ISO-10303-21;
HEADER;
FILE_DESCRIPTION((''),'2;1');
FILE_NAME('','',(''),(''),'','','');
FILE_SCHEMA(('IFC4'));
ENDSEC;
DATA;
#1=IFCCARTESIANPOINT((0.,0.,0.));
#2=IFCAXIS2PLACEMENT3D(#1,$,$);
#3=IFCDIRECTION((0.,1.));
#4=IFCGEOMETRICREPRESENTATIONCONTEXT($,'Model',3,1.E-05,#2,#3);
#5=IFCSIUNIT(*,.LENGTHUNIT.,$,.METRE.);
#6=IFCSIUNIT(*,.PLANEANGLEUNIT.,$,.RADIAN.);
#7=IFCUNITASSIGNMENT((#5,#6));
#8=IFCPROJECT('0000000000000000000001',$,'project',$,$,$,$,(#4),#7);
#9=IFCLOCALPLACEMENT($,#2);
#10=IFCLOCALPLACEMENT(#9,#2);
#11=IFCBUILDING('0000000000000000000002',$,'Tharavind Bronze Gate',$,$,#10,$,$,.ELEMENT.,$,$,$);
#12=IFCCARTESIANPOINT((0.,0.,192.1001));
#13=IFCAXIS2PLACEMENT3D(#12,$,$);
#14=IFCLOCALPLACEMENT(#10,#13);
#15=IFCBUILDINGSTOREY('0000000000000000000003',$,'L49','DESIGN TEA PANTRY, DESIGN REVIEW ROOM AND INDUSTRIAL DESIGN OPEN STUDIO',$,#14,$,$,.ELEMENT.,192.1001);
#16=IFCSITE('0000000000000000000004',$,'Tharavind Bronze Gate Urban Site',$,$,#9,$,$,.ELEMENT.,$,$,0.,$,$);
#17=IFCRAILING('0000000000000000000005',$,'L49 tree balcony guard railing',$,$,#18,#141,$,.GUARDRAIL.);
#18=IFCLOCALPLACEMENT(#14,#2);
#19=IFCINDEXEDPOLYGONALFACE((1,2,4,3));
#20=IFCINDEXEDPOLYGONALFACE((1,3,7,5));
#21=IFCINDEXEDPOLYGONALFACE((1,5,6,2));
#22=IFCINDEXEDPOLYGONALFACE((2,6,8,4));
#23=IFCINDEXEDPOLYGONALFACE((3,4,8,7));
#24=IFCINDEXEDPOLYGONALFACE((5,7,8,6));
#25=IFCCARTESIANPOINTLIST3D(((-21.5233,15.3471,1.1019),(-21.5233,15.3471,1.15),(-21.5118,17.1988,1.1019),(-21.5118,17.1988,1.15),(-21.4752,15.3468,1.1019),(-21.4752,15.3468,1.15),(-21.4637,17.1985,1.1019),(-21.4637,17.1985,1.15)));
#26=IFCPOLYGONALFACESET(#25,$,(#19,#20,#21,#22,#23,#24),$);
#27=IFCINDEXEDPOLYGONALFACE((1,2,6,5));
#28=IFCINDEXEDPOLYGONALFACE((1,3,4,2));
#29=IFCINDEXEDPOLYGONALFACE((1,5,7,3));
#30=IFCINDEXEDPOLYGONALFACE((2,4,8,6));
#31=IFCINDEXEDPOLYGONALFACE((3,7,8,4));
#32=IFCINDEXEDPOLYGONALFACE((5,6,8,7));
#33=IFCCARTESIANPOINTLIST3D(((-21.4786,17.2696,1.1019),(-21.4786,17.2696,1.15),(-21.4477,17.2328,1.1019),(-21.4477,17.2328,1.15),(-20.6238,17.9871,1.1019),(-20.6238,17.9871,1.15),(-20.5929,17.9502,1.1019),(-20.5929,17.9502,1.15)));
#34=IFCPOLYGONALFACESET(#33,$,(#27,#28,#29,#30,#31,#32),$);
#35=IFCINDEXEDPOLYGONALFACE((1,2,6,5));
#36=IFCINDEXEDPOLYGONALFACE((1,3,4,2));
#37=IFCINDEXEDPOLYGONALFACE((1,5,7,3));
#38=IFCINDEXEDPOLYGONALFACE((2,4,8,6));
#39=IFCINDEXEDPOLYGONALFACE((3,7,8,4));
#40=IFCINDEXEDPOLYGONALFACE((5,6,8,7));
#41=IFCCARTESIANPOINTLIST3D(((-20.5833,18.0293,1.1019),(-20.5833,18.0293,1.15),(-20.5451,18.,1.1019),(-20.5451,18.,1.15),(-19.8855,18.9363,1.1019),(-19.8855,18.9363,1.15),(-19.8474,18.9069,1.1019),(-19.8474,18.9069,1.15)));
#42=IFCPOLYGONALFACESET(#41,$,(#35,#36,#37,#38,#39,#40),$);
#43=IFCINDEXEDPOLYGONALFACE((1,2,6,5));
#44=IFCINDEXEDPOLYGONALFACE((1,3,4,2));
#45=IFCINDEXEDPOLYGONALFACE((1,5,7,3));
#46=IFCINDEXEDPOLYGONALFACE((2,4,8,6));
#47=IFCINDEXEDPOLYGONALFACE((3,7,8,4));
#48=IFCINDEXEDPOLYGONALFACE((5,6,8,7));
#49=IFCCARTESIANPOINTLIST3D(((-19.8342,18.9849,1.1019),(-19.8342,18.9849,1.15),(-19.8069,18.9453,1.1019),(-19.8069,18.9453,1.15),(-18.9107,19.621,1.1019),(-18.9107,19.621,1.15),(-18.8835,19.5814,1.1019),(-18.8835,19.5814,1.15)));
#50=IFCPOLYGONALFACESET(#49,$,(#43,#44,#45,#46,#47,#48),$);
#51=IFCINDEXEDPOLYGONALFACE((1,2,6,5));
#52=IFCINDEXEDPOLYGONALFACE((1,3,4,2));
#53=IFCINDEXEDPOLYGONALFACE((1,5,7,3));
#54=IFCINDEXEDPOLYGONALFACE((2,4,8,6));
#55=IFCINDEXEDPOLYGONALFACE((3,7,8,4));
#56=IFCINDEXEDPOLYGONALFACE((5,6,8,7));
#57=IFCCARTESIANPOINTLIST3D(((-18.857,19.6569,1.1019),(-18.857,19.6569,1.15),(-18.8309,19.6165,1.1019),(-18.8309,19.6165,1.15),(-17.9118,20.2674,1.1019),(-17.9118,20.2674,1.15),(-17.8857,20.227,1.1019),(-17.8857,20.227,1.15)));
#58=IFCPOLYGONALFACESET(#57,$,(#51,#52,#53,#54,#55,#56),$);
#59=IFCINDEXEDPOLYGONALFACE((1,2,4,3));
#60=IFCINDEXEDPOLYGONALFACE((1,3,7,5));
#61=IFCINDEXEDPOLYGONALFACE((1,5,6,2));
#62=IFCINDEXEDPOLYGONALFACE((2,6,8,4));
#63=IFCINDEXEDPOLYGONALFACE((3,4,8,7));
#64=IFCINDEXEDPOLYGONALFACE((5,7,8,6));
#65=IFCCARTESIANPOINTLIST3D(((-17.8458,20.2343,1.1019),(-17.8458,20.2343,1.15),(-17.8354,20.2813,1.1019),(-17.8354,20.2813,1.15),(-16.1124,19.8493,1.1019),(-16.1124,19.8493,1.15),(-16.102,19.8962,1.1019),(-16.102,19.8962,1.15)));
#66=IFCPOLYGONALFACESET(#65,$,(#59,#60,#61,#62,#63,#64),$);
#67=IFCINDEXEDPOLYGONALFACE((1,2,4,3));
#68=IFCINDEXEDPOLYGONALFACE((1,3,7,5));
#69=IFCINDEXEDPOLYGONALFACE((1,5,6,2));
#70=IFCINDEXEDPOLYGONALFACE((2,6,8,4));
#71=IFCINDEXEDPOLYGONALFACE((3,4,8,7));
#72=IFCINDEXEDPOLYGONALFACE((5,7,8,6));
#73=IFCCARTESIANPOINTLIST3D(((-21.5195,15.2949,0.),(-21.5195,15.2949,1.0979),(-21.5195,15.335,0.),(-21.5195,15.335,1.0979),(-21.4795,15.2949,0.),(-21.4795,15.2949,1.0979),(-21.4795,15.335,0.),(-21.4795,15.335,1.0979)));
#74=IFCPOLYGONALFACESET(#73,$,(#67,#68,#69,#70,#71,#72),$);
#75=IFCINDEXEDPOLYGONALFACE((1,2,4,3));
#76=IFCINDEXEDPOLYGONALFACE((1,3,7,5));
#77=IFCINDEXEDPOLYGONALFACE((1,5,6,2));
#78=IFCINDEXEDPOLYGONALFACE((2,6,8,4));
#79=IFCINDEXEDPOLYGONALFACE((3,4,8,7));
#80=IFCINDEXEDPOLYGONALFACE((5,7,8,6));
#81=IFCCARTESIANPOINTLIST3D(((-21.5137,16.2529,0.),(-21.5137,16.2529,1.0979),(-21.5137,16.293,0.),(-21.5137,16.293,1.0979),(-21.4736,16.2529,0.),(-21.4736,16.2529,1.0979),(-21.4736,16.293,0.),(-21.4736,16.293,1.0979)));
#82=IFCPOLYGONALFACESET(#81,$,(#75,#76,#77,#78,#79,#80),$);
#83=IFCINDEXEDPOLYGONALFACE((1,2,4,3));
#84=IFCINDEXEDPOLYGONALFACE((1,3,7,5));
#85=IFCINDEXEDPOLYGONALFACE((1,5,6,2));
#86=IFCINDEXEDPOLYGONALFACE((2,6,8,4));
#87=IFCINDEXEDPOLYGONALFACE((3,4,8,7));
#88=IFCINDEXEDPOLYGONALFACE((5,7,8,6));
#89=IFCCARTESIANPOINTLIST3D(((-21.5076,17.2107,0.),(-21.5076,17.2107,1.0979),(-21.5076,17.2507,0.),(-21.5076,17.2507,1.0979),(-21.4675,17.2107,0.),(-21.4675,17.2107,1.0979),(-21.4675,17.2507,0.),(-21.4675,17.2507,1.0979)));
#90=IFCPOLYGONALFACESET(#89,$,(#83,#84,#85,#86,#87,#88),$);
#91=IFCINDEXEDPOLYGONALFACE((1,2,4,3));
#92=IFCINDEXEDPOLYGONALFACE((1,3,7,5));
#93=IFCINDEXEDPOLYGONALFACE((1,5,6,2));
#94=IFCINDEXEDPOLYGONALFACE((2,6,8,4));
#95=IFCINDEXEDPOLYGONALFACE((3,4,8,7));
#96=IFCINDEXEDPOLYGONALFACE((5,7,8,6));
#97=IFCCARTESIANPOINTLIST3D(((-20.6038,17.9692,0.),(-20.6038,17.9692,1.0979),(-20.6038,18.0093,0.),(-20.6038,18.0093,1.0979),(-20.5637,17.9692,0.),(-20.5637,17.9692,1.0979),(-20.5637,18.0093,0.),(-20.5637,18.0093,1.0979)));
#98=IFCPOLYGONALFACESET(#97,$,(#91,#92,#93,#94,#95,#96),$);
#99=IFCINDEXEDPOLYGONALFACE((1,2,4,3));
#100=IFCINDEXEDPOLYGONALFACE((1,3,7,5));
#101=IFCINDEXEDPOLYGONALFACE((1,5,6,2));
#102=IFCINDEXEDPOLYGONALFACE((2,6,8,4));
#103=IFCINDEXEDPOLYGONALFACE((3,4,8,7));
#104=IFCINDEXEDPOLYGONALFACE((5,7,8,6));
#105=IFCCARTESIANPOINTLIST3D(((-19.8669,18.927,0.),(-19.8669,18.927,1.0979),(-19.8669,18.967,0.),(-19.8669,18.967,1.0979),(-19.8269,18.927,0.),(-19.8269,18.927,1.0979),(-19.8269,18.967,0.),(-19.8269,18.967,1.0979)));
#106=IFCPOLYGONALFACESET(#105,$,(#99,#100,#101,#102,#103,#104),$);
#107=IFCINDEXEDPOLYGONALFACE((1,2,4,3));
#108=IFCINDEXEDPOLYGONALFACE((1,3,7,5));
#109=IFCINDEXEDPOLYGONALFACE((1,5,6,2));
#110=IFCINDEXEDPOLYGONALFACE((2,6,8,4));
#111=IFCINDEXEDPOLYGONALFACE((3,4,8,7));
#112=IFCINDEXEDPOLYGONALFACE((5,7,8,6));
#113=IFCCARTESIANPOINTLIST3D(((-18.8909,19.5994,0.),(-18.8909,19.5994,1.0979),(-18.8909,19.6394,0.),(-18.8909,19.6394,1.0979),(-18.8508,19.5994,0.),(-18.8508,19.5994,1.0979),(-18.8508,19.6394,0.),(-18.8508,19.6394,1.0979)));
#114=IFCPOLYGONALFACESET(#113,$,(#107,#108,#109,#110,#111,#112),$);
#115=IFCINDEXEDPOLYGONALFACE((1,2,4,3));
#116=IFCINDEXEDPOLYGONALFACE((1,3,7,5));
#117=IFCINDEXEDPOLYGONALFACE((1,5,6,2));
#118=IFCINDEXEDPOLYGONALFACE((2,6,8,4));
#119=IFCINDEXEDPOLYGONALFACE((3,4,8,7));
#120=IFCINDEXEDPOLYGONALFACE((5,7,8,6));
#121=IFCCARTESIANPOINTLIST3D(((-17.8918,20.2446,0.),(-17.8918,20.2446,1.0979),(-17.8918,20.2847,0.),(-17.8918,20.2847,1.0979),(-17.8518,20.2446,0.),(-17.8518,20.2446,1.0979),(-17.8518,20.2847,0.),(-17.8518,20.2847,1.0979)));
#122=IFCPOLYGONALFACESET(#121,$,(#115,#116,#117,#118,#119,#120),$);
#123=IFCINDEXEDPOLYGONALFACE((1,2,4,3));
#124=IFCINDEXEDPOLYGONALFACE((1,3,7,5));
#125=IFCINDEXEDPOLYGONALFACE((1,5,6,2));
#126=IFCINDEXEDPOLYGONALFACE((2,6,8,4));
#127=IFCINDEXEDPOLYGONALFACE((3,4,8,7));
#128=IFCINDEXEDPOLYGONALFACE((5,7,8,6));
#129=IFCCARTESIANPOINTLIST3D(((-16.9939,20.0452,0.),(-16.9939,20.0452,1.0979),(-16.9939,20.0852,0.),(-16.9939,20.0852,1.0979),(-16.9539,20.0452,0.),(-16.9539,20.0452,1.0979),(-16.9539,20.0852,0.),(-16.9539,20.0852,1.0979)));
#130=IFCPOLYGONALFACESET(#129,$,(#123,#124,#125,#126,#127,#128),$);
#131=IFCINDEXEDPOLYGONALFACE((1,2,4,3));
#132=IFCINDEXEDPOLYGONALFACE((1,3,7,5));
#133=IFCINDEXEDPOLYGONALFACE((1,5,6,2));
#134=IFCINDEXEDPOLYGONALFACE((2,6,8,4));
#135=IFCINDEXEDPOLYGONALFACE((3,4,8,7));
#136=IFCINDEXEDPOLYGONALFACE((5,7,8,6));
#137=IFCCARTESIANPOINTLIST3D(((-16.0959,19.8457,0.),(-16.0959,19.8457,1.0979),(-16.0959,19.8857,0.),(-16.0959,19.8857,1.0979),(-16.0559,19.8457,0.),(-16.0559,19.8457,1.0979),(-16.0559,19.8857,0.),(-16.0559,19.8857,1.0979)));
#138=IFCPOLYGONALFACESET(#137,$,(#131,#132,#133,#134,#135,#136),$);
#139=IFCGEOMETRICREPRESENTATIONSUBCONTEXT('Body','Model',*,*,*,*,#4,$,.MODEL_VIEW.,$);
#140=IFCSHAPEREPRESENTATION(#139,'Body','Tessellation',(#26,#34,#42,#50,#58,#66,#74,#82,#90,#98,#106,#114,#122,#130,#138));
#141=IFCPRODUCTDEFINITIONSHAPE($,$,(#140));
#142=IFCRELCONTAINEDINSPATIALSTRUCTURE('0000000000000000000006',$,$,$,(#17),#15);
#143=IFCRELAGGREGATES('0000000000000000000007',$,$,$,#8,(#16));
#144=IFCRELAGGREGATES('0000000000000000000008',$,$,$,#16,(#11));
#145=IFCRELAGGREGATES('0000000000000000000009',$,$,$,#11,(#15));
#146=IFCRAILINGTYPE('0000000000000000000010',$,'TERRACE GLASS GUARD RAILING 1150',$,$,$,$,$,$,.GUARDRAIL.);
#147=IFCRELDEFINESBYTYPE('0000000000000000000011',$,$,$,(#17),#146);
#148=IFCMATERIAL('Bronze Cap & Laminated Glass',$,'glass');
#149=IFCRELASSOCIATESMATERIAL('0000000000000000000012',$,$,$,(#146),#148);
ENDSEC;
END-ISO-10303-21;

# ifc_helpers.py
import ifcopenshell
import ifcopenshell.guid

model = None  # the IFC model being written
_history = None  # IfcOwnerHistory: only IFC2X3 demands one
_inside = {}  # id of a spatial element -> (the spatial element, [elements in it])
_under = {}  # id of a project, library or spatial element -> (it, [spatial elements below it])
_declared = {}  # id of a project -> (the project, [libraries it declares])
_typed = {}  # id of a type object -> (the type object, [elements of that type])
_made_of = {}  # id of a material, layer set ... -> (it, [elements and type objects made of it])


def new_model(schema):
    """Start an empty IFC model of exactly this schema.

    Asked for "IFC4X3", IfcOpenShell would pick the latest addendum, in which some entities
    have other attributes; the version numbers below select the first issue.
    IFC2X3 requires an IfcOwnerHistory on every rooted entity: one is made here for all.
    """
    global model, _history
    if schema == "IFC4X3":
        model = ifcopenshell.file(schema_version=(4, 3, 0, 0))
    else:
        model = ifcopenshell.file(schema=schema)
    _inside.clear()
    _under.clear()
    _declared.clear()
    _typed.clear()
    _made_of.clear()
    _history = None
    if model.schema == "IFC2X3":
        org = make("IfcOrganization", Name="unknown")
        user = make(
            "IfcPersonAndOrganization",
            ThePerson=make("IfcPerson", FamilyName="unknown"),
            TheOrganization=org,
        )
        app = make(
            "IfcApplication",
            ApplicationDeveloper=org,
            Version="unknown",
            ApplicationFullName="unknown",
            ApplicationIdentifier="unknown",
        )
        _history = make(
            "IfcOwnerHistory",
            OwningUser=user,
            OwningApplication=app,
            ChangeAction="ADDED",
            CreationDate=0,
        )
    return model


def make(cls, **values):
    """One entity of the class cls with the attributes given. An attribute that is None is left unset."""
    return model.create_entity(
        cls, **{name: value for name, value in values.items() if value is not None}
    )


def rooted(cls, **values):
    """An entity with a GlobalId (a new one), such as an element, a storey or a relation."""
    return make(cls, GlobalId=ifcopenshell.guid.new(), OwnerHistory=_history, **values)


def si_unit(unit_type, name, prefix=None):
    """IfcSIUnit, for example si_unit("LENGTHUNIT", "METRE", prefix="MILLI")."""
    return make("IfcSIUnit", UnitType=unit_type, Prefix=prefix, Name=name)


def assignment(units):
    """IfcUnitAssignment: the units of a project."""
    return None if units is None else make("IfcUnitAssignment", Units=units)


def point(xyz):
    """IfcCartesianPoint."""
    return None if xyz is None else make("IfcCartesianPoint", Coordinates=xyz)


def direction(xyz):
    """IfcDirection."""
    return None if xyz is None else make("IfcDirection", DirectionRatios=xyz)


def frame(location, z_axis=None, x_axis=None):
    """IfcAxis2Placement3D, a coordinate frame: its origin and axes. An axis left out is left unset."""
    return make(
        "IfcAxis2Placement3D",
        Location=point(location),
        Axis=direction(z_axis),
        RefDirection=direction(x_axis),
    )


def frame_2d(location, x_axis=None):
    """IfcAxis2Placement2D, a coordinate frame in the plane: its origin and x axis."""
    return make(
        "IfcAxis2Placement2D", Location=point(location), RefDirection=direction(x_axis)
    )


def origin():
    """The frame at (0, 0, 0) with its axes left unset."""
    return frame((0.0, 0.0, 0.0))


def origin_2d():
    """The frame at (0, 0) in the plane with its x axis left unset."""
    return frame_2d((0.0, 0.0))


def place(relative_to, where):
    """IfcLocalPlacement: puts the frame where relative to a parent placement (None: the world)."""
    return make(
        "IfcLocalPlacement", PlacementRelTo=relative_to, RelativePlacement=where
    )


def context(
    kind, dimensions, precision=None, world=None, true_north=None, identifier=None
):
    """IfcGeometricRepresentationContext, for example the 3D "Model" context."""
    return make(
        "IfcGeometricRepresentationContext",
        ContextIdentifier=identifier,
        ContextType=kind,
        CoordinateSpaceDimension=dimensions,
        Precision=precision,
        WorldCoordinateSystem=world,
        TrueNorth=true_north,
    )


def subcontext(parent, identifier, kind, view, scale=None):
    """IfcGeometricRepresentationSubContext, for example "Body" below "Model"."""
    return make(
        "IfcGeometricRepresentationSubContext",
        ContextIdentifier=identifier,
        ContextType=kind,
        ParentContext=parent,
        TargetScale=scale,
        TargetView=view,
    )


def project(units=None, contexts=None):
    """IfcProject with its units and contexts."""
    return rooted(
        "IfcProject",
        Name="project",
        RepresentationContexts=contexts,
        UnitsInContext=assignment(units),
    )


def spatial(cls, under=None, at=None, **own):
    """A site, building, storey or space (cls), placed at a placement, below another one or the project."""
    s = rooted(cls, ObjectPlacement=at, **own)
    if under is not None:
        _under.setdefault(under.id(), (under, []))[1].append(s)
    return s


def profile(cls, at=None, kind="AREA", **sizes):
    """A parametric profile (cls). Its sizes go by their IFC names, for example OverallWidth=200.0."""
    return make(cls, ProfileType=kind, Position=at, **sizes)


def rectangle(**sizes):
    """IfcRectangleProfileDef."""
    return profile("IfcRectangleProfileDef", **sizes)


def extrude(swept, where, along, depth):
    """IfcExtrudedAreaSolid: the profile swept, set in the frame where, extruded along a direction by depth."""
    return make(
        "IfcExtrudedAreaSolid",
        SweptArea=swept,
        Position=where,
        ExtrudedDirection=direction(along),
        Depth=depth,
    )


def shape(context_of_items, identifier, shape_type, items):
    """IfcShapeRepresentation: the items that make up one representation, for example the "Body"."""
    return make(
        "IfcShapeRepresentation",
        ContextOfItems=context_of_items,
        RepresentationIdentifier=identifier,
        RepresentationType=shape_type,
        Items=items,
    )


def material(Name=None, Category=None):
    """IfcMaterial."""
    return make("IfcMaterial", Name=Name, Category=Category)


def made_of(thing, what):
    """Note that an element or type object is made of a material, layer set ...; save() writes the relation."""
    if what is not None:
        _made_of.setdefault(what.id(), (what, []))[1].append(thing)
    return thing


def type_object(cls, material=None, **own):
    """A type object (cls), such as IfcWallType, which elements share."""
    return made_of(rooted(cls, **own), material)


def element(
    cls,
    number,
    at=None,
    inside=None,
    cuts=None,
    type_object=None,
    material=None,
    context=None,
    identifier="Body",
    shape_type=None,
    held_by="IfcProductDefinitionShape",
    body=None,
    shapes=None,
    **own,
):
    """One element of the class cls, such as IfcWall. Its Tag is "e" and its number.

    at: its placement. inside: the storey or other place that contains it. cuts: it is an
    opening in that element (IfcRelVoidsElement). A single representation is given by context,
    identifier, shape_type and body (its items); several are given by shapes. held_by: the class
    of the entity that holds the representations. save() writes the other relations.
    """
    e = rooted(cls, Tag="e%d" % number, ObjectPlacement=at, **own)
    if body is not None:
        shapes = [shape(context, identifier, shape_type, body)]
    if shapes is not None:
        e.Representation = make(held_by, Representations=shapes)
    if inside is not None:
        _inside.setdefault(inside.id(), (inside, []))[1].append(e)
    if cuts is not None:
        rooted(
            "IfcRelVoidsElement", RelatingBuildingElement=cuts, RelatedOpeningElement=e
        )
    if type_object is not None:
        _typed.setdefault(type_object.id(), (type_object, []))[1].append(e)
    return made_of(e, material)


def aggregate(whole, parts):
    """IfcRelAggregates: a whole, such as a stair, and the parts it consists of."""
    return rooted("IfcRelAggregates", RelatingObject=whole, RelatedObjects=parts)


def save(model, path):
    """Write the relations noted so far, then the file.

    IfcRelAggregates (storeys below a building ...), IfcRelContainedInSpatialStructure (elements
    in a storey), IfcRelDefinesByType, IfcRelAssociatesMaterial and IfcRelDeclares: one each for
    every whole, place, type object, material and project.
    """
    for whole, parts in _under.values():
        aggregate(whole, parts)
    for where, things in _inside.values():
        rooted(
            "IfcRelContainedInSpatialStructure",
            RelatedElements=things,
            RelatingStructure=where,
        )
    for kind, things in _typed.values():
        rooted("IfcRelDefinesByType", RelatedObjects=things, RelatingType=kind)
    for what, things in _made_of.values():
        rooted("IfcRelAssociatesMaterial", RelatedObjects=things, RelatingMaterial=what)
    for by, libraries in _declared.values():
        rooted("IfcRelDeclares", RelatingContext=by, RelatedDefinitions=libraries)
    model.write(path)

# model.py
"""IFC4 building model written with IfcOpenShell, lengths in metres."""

from ifc_helpers import new_model, si_unit, direction, frame, origin, origin_2d, place, context, subcontext, project, spatial, rectangle, extrude, material, type_object, element, save


model = new_model("IFC4")

# Units and contexts
model_context = context("Model", 3, precision=1e-05, world=origin(), true_north=direction((0.0, 1.0)))
body_context = subcontext(model_context, "Body", "Model", "MODEL_VIEW")
ifc_project = project(units=[si_unit("LENGTHUNIT", "METRE"), si_unit("PLANEANGLEUNIT", "RADIAN")], contexts=[model_context])

# Site, building, storey
site_placement = place(None, origin())
site = spatial("IfcSite", under=ifc_project, at=site_placement, Name="Tharavind Bronze Gate Urban Site", CompositionType="ELEMENT", RefElevation=0.0)
building_placement = place(site_placement, origin())
building = spatial("IfcBuilding", under=site, at=building_placement, Name="Tharavind Bronze Gate", CompositionType="ELEMENT")
storey_placement = place(building_placement, frame((0.0, 0.0, 192.1001)))
storey = spatial("IfcBuildingStorey", under=building, at=storey_placement, Name="L49", Description="DESIGN TEA PANTRY, DESIGN REVIEW ROOM AND INDUSTRIAL DESIGN OPEN STUDIO", CompositionType="ELEMENT", Elevation=192.1001)

# Railing
ifc_material_1 = material(Name="Bronze Cap & Laminated Glass", Category="glass")
railing_type = type_object("IfcRailingType", Name="TERRACE GLASS GUARD RAILING 1150", PredefinedType="GUARDRAIL", material=ifc_material_1)
railing_placement = place(storey_placement, frame((-21.4995, 15.3149, 0.0)))
element("IfcRailing", 1, at=railing_placement, inside=storey, type_object=railing_type, Name="L49 tree balcony guard railing", PredefinedType="GUARDRAIL", context=body_context, shape_type="SweptSolid", body=[
    extrude(rectangle(XDim=0.0481, YDim=0.0481, at=origin_2d()), frame((0.0002, 0.032, 1.126), z_axis=(0.006244, 0.999981, 0.0), x_axis=(-0.999981, 0.006244, 0.0)), (0.0, 0.0, 1.0), 1.8518),
    extrude(rectangle(XDim=0.0481, YDim=0.0481, at=origin_2d()), frame((0.0364, 1.9363, 1.126), z_axis=(0.765978, 0.642867, 0.0), x_axis=(-0.642867, 0.765978, 0.0)), (0.0, 0.0, 1.0), 1.116),
    extrude(rectangle(XDim=0.0481, YDim=0.0481, at=origin_2d()), frame((0.9353, 2.6997, 1.126), z_axis=(0.60975, 0.792594, 0.0), x_axis=(-0.792594, 0.60975, 0.0)), (0.0, 0.0, 1.0), 1.1443),
    extrude(rectangle(XDim=0.0481, YDim=0.0481, at=origin_2d()), frame((1.679, 3.6501, 1.126), z_axis=(0.823525, 0.56728, 0.0), x_axis=(-0.56728, 0.823525, 0.0)), (0.0, 0.0, 1.0), 1.1213),
    extrude(rectangle(XDim=0.0481, YDim=0.0481, at=origin_2d()), frame((2.6555, 4.3218, 1.126), z_axis=(0.840016, 0.542562, 0.0), x_axis=(-0.542562, 0.840016, 0.0)), (0.0, 0.0, 1.0), 1.1252),
    extrude(rectangle(XDim=0.0481, YDim=0.0481, at=origin_2d()), frame((3.6589, 4.9429, 1.126), z_axis=(0.976206, -0.216846, 0.0), x_axis=(0.216846, 0.976206, 0.0)), (0.0, 0.0, 1.0), 1.7756),
    extrude(rectangle(XDim=0.04, YDim=0.04, at=origin_2d()), origin(), (0.0, 0.0, 1.0), 1.0979),
    extrude(rectangle(XDim=0.04, YDim=0.04, at=origin_2d()), frame((0.0059, 0.958, 0.0)), (0.0, 0.0, 1.0), 1.0979),
    extrude(rectangle(XDim=0.04, YDim=0.04, at=origin_2d()), frame((0.012, 1.9158, 0.0)), (0.0, 0.0, 1.0), 1.0979),
    extrude(rectangle(XDim=0.04, YDim=0.04, at=origin_2d()), frame((0.9158, 2.6743, 0.0)), (0.0, 0.0, 1.0), 1.0979),
    extrude(rectangle(XDim=0.04, YDim=0.04, at=origin_2d()), frame((1.6526, 3.6321, 0.0)), (0.0, 0.0, 1.0), 1.0979),
    extrude(rectangle(XDim=0.04, YDim=0.04, at=origin_2d()), frame((2.6287, 4.3044, 0.0)), (0.0, 0.0, 1.0), 1.0979),
    extrude(rectangle(XDim=0.04, YDim=0.04, at=origin_2d()), frame((3.6277, 4.9497, 0.0)), (0.0, 0.0, 1.0), 1.0979),
    extrude(rectangle(XDim=0.04, YDim=0.04, at=origin_2d()), frame((4.5256, 4.7502, 0.0)), (0.0, 0.0, 1.0), 1.0979),
    extrude(rectangle(XDim=0.04, YDim=0.04, at=origin_2d()), frame((5.4236, 4.5508, 0.0)), (0.0, 0.0, 1.0), 1.0979),
])

save(model, "model.ifc")
